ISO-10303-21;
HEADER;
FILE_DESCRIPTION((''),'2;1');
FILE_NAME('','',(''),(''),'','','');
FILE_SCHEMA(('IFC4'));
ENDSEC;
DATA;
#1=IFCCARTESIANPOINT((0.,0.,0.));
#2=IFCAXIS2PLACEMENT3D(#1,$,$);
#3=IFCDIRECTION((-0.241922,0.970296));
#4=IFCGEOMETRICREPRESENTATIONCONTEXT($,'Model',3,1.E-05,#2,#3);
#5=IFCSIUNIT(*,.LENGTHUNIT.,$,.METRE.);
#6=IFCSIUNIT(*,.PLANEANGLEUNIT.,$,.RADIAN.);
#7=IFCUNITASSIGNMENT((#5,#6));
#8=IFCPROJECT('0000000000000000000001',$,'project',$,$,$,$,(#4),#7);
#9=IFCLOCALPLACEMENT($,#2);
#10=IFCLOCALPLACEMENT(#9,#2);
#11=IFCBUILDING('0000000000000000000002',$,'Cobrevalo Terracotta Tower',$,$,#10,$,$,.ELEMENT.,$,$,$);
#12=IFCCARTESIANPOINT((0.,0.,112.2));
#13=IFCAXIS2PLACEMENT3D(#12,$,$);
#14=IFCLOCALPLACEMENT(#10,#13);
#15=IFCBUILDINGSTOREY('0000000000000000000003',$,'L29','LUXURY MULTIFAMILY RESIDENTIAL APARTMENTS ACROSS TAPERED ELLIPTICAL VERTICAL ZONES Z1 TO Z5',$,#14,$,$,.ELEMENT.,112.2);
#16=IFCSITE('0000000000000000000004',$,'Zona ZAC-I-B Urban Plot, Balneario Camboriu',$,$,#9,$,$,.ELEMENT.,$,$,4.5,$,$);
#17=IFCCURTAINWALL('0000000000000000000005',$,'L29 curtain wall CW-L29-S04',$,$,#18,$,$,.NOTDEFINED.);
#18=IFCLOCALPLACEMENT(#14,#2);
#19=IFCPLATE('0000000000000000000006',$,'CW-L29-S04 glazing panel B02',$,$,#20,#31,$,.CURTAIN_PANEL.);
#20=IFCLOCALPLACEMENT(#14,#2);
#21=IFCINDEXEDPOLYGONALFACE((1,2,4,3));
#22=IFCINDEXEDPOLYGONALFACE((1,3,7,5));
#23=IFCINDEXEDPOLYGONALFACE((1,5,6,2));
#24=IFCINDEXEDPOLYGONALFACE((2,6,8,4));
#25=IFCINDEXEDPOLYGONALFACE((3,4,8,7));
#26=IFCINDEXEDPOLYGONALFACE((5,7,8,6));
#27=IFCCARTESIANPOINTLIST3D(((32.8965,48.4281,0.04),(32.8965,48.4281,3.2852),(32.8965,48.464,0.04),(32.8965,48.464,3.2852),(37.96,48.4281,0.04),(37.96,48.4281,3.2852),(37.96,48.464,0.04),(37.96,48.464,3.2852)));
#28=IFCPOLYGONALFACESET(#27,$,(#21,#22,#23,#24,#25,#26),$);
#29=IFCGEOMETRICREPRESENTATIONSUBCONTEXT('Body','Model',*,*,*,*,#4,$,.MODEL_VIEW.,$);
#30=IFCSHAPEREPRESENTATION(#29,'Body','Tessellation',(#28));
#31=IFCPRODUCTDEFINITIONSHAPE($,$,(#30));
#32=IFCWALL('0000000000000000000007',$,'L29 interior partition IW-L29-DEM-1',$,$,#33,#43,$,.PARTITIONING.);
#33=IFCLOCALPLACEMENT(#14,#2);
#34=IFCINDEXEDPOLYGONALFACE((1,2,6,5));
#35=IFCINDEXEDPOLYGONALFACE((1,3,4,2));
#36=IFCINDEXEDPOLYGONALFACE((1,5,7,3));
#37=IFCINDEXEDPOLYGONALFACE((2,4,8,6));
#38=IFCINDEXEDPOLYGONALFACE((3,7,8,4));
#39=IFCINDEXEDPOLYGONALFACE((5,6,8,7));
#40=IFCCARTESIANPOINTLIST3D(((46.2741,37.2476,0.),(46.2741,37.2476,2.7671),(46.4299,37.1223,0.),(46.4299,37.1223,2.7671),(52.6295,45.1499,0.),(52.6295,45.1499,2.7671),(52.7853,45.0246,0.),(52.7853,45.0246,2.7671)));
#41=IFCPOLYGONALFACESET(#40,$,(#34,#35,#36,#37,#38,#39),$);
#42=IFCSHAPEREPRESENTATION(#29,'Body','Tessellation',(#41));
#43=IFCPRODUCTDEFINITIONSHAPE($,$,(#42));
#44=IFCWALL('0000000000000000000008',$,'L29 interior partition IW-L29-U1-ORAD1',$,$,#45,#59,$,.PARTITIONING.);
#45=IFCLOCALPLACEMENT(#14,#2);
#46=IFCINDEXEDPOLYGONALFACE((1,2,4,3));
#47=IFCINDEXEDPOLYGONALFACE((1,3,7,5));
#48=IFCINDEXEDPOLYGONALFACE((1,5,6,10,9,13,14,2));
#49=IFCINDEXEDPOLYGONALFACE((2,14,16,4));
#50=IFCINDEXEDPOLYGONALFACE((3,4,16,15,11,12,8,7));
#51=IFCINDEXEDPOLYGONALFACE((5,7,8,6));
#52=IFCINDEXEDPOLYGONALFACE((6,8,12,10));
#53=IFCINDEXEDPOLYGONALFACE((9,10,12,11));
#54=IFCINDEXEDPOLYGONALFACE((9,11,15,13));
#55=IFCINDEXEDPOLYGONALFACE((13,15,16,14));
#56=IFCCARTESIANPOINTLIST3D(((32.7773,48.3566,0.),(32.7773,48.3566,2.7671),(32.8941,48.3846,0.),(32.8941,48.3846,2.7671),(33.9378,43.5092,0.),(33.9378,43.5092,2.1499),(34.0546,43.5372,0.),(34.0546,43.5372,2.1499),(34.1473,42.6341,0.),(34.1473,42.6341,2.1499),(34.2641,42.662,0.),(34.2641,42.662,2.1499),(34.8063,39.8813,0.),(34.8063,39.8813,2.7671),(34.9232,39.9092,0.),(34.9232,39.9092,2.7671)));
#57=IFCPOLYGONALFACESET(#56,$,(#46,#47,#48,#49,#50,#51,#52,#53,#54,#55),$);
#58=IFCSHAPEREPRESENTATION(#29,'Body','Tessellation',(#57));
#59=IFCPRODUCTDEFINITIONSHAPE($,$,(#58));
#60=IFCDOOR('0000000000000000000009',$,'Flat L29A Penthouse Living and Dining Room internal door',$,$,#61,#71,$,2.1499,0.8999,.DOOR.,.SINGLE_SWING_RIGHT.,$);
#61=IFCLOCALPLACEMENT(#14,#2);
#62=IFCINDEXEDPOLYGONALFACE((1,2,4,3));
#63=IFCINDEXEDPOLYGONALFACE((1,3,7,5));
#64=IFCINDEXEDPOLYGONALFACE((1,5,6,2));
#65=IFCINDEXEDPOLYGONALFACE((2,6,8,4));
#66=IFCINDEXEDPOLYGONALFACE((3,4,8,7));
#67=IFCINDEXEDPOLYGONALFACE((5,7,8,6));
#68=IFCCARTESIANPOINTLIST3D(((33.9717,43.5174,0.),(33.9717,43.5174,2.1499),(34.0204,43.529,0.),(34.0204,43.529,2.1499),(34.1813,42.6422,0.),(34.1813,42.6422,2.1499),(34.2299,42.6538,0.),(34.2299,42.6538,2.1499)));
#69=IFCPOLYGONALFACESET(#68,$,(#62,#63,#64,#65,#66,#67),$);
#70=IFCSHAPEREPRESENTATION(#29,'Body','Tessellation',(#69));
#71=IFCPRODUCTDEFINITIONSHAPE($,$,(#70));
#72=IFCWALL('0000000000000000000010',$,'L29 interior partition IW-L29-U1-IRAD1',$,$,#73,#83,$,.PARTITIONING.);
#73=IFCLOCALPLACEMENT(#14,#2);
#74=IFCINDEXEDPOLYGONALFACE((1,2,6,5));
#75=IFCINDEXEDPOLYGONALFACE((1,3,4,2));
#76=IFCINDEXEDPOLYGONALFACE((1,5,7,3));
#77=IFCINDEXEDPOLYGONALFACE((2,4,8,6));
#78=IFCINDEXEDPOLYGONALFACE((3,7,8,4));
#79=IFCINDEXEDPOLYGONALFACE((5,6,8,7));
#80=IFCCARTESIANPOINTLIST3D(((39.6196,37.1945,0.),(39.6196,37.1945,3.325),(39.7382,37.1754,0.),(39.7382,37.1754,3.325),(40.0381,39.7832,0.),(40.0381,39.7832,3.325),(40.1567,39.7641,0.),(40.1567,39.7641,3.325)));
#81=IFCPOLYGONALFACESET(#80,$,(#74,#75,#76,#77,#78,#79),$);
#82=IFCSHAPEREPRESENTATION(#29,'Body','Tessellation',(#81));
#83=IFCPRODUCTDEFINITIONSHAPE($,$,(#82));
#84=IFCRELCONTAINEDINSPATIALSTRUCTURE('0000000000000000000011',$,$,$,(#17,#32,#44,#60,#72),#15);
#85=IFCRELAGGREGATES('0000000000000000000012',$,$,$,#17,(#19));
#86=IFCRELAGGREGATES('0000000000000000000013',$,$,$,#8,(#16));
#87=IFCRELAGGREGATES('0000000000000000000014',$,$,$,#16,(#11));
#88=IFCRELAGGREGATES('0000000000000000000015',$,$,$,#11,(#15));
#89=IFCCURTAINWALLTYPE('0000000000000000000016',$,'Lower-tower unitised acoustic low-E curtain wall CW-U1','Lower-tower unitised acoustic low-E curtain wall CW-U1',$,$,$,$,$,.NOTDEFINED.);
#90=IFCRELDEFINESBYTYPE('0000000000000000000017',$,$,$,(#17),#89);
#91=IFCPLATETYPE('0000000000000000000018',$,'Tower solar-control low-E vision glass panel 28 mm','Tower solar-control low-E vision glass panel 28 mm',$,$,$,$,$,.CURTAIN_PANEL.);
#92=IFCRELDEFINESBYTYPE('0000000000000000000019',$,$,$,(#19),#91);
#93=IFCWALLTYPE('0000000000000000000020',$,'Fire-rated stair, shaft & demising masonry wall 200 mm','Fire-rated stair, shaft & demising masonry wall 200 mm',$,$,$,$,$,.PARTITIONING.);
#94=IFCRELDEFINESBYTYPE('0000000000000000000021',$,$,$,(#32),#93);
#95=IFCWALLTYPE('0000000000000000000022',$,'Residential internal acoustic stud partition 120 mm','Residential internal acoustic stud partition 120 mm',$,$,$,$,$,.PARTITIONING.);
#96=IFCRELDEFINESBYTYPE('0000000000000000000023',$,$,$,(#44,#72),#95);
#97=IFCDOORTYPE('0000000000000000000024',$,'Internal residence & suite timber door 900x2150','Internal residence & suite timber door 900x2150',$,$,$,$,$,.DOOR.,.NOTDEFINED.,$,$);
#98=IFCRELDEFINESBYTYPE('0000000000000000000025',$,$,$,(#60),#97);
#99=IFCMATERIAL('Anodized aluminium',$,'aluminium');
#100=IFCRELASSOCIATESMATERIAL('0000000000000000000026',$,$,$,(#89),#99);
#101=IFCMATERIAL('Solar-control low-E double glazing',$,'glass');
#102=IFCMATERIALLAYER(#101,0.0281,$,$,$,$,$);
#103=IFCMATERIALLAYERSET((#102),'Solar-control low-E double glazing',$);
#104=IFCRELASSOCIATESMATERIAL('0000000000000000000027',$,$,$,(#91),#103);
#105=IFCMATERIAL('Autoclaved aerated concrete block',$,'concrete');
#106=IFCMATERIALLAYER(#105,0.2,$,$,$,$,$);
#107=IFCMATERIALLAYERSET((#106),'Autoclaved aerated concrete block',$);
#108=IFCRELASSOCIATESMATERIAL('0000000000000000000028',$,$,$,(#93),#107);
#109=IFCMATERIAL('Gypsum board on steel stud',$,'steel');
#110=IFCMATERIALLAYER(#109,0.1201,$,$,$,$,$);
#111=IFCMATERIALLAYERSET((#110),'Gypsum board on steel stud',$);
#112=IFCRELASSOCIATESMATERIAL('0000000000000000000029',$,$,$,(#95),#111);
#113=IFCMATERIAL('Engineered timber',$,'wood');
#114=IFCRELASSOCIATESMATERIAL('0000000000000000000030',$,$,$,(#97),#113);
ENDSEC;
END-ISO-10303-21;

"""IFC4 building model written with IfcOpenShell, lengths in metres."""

from ifc_helpers import new_model, si_unit, direction, frame, frame_2d, origin, origin_2d, place, context, subcontext, project, spatial, rectangle, extrude, source, transform, mapped, material, layer, layer_set, type_object, element, fill, aggregate, save


model = new_model("IFC4")

# Units and contexts
model_context = context("Model", 3, precision=1e-05, world=origin(), true_north=direction((-0.241922, 0.970296)))
body_context = subcontext(model_context, "Body", "Model", "MODEL_VIEW")
ifc_project = project(units=[si_unit("LENGTHUNIT", "METRE"), si_unit("PLANEANGLEUNIT", "RADIAN")], contexts=[model_context])

# Site, building, storey
site_placement = place(None, origin())
site = spatial("IfcSite", under=ifc_project, at=site_placement, Name="Zona ZAC-I-B Urban Plot, Balneario Camboriu", CompositionType="ELEMENT", RefElevation=4.5)
building_placement = place(site_placement, origin())
building = spatial("IfcBuilding", under=site, at=building_placement, Name="Cobrevalo Terracotta Tower", CompositionType="ELEMENT")
storey_placement = place(building_placement, frame((0.0, 0.0, 112.2)))
storey = spatial("IfcBuildingStorey", under=building, at=storey_placement, Name="L29", Description="LUXURY MULTIFAMILY RESIDENTIAL APARTMENTS ACROSS TAPERED ELLIPTICAL VERTICAL ZONES Z1 TO Z5", CompositionType="ELEMENT", Elevation=112.2)

# Shared definitions
ifc_material_1 = material(Name="Anodized aluminium", Category="aluminium")
curtain_wall_type = type_object("IfcCurtainWallType", Name="Lower-tower unitised acoustic low-E curtain wall CW-U1", Description="Lower-tower unitised acoustic low-E curtain wall CW-U1", PredefinedType="NOTDEFINED", material=ifc_material_1)

# Curtain wall
curtain_wall_1_placement = place(storey_placement, origin())
curtain_wall_1 = element("IfcCurtainWall", 1, at=curtain_wall_1_placement, inside=storey, type_object=curtain_wall_type, Name="L29 curtain wall CW-L29-S04", PredefinedType="NOTDEFINED")

# Plate
ifc_material_2 = material(Name="Solar-control low-E double glazing", Category="glass")
ifc_layer_1 = layer(ifc_material_2, 0.0281)
ifc_layer_set_1 = layer_set([ifc_layer_1], Name="Solar-control low-E double glazing")
plate_type = type_object("IfcPlateType", Name="Tower solar-control low-E vision glass panel 28 mm", Description="Tower solar-control low-E vision glass panel 28 mm", PredefinedType="CURTAIN_PANEL", material=ifc_layer_set_1)
shared_shape_1 = source(origin(), body_context, "Body", "SweptSolid", [
    extrude(rectangle(XDim=5.0635, YDim=0.0359, at=origin_2d()), origin(), (0.0, 0.0, 1.0), 3.2451),
])
plate_1_placement = place(storey_placement, frame((35.4282, 48.446, 0.04), z_axis=(0.0, 0.0, 1.0), x_axis=(-1.0, 0.0, 0.0)))
plate_1 = element("IfcPlate", 2, at=plate_1_placement, type_object=plate_type, Name="CW-L29-S04 glazing panel B02", PredefinedType="CURTAIN_PANEL", context=body_context, shape_type="MappedRepresentation", body=[
    mapped(shared_shape_1, transform((0.0, 0.0, 0.0), scale=1.0)),
])
aggregate(curtain_wall_1, [plate_1])

# Wall
ifc_material_3 = material(Name="Autoclaved aerated concrete block", Category="concrete")
ifc_layer_2 = layer(ifc_material_3, 0.2)
ifc_layer_set_2 = layer_set([ifc_layer_2], Name="Autoclaved aerated concrete block")
wall_type_1 = type_object("IfcWallType", Name="Fire-rated stair, shaft & demising masonry wall 200 mm", Description="Fire-rated stair, shaft & demising masonry wall 200 mm", PredefinedType="PARTITIONING", material=ifc_layer_set_2)
wall_1_placement = place(storey_placement, frame((46.3521, 37.1851, 0.0), z_axis=(0.0, 0.0, 1.0), x_axis=(0.626713, 0.77925, 0.0)))
element("IfcWall", 3, at=wall_1_placement, inside=storey, type_object=wall_type_1, Name="L29 interior partition IW-L29-DEM-1", PredefinedType="PARTITIONING", context=body_context, shape_type="SweptSolid", body=[
    extrude(rectangle(XDim=10.1409, YDim=0.2, at=frame_2d((5.0703, 0.0))), origin(), (0.0, 0.0, 1.0), 2.7671),
])

# Wall, opening, door
ifc_material_4 = material(Name="Gypsum board on steel stud", Category="steel")
ifc_layer_3 = layer(ifc_material_4, 0.1201)
ifc_layer_set_3 = layer_set([ifc_layer_3], Name="Gypsum board on steel stud")
wall_type_2 = type_object("IfcWallType", Name="Residential internal acoustic stud partition 120 mm", Description="Residential internal acoustic stud partition 120 mm", PredefinedType="PARTITIONING", material=ifc_layer_set_3)
wall_2_placement = place(storey_placement, frame((34.8647, 39.8953, 0.0), z_axis=(0.0, 0.0, 1.0), x_axis=(-0.232827, 0.972518, 0.0)))
wall_2 = element("IfcWall", 4, at=wall_2_placement, inside=storey, type_object=wall_type_2, Name="L29 interior partition IW-L29-U1-ORAD1", PredefinedType="PARTITIONING", context=body_context, shape_type="SweptSolid", body=[
    extrude(rectangle(XDim=8.7148, YDim=0.1201, at=frame_2d((4.3574, 0.0))), origin(), (0.0, 0.0, 1.0), 2.7671),
])
opening_placement = place(wall_2_placement, frame((2.8306, 0.0, 0.0)))
opening = element("IfcOpeningElement", 5, at=opening_placement, cuts=wall_2, PredefinedType="OPENING", context=body_context, shape_type="SweptSolid", body=[
    extrude(rectangle(XDim=0.8999, YDim=2.1499, at=frame_2d((0.45, 1.075))), frame((0.0, 0.0701, 0.0), z_axis=(0.0, -1.0, 0.0), x_axis=(1.0, 0.0, 0.0)), (0.0, 0.0, 1.0), 0.1401),
])
ifc_material_5 = material(Name="Engineered timber", Category="wood")
door_type = type_object("IfcDoorType", Name="Internal residence & suite timber door 900x2150", Description="Internal residence & suite timber door 900x2150", OperationType="NOTDEFINED", PredefinedType="DOOR", material=ifc_material_5)
shared_shape_2 = source(origin(), body_context, "Body", "SweptSolid", [
    extrude(rectangle(XDim=0.8999, YDim=2.1499, at=frame_2d((0.45, 1.075))), frame((0.0, 0.0249, 0.0), z_axis=(0.0, -1.0, 0.0), x_axis=(1.0, 0.0, 0.0)), (0.0, 0.0, 1.0), 0.05),
])
door_placement = place(opening_placement, frame((0.8999, 0.0, 0.0), z_axis=(0.0, 0.0, 1.0), x_axis=(-1.0, 0.0, 0.0)))
door = element("IfcDoor", 6, at=door_placement, inside=storey, type_object=door_type, Name="Flat L29A Penthouse Living and Dining Room internal door", OperationType="SINGLE_SWING_RIGHT", OverallHeight=2.1499, OverallWidth=0.8999, PredefinedType="DOOR", context=body_context, shape_type="MappedRepresentation", body=[
    mapped(shared_shape_2, transform((0.0, 0.0, 0.0), scale=1.0)),
])
fill(opening, door)

# Wall
wall_3_placement = place(storey_placement, frame((39.679, 37.1851, 0.0), z_axis=(0.0, 0.0, 1.0), x_axis=(0.159581, 0.987185, 0.0)))
element("IfcWall", 7, at=wall_3_placement, inside=storey, type_object=wall_type_2, Name="L29 interior partition IW-L29-U1-IRAD1", PredefinedType="PARTITIONING", context=body_context, shape_type="SweptSolid", body=[
    extrude(rectangle(XDim=2.6223, YDim=0.1201, at=frame_2d((1.311, 0.0))), origin(), (0.0, 0.0, 1.0), 3.325),
])

save(model, "model.ifc")
